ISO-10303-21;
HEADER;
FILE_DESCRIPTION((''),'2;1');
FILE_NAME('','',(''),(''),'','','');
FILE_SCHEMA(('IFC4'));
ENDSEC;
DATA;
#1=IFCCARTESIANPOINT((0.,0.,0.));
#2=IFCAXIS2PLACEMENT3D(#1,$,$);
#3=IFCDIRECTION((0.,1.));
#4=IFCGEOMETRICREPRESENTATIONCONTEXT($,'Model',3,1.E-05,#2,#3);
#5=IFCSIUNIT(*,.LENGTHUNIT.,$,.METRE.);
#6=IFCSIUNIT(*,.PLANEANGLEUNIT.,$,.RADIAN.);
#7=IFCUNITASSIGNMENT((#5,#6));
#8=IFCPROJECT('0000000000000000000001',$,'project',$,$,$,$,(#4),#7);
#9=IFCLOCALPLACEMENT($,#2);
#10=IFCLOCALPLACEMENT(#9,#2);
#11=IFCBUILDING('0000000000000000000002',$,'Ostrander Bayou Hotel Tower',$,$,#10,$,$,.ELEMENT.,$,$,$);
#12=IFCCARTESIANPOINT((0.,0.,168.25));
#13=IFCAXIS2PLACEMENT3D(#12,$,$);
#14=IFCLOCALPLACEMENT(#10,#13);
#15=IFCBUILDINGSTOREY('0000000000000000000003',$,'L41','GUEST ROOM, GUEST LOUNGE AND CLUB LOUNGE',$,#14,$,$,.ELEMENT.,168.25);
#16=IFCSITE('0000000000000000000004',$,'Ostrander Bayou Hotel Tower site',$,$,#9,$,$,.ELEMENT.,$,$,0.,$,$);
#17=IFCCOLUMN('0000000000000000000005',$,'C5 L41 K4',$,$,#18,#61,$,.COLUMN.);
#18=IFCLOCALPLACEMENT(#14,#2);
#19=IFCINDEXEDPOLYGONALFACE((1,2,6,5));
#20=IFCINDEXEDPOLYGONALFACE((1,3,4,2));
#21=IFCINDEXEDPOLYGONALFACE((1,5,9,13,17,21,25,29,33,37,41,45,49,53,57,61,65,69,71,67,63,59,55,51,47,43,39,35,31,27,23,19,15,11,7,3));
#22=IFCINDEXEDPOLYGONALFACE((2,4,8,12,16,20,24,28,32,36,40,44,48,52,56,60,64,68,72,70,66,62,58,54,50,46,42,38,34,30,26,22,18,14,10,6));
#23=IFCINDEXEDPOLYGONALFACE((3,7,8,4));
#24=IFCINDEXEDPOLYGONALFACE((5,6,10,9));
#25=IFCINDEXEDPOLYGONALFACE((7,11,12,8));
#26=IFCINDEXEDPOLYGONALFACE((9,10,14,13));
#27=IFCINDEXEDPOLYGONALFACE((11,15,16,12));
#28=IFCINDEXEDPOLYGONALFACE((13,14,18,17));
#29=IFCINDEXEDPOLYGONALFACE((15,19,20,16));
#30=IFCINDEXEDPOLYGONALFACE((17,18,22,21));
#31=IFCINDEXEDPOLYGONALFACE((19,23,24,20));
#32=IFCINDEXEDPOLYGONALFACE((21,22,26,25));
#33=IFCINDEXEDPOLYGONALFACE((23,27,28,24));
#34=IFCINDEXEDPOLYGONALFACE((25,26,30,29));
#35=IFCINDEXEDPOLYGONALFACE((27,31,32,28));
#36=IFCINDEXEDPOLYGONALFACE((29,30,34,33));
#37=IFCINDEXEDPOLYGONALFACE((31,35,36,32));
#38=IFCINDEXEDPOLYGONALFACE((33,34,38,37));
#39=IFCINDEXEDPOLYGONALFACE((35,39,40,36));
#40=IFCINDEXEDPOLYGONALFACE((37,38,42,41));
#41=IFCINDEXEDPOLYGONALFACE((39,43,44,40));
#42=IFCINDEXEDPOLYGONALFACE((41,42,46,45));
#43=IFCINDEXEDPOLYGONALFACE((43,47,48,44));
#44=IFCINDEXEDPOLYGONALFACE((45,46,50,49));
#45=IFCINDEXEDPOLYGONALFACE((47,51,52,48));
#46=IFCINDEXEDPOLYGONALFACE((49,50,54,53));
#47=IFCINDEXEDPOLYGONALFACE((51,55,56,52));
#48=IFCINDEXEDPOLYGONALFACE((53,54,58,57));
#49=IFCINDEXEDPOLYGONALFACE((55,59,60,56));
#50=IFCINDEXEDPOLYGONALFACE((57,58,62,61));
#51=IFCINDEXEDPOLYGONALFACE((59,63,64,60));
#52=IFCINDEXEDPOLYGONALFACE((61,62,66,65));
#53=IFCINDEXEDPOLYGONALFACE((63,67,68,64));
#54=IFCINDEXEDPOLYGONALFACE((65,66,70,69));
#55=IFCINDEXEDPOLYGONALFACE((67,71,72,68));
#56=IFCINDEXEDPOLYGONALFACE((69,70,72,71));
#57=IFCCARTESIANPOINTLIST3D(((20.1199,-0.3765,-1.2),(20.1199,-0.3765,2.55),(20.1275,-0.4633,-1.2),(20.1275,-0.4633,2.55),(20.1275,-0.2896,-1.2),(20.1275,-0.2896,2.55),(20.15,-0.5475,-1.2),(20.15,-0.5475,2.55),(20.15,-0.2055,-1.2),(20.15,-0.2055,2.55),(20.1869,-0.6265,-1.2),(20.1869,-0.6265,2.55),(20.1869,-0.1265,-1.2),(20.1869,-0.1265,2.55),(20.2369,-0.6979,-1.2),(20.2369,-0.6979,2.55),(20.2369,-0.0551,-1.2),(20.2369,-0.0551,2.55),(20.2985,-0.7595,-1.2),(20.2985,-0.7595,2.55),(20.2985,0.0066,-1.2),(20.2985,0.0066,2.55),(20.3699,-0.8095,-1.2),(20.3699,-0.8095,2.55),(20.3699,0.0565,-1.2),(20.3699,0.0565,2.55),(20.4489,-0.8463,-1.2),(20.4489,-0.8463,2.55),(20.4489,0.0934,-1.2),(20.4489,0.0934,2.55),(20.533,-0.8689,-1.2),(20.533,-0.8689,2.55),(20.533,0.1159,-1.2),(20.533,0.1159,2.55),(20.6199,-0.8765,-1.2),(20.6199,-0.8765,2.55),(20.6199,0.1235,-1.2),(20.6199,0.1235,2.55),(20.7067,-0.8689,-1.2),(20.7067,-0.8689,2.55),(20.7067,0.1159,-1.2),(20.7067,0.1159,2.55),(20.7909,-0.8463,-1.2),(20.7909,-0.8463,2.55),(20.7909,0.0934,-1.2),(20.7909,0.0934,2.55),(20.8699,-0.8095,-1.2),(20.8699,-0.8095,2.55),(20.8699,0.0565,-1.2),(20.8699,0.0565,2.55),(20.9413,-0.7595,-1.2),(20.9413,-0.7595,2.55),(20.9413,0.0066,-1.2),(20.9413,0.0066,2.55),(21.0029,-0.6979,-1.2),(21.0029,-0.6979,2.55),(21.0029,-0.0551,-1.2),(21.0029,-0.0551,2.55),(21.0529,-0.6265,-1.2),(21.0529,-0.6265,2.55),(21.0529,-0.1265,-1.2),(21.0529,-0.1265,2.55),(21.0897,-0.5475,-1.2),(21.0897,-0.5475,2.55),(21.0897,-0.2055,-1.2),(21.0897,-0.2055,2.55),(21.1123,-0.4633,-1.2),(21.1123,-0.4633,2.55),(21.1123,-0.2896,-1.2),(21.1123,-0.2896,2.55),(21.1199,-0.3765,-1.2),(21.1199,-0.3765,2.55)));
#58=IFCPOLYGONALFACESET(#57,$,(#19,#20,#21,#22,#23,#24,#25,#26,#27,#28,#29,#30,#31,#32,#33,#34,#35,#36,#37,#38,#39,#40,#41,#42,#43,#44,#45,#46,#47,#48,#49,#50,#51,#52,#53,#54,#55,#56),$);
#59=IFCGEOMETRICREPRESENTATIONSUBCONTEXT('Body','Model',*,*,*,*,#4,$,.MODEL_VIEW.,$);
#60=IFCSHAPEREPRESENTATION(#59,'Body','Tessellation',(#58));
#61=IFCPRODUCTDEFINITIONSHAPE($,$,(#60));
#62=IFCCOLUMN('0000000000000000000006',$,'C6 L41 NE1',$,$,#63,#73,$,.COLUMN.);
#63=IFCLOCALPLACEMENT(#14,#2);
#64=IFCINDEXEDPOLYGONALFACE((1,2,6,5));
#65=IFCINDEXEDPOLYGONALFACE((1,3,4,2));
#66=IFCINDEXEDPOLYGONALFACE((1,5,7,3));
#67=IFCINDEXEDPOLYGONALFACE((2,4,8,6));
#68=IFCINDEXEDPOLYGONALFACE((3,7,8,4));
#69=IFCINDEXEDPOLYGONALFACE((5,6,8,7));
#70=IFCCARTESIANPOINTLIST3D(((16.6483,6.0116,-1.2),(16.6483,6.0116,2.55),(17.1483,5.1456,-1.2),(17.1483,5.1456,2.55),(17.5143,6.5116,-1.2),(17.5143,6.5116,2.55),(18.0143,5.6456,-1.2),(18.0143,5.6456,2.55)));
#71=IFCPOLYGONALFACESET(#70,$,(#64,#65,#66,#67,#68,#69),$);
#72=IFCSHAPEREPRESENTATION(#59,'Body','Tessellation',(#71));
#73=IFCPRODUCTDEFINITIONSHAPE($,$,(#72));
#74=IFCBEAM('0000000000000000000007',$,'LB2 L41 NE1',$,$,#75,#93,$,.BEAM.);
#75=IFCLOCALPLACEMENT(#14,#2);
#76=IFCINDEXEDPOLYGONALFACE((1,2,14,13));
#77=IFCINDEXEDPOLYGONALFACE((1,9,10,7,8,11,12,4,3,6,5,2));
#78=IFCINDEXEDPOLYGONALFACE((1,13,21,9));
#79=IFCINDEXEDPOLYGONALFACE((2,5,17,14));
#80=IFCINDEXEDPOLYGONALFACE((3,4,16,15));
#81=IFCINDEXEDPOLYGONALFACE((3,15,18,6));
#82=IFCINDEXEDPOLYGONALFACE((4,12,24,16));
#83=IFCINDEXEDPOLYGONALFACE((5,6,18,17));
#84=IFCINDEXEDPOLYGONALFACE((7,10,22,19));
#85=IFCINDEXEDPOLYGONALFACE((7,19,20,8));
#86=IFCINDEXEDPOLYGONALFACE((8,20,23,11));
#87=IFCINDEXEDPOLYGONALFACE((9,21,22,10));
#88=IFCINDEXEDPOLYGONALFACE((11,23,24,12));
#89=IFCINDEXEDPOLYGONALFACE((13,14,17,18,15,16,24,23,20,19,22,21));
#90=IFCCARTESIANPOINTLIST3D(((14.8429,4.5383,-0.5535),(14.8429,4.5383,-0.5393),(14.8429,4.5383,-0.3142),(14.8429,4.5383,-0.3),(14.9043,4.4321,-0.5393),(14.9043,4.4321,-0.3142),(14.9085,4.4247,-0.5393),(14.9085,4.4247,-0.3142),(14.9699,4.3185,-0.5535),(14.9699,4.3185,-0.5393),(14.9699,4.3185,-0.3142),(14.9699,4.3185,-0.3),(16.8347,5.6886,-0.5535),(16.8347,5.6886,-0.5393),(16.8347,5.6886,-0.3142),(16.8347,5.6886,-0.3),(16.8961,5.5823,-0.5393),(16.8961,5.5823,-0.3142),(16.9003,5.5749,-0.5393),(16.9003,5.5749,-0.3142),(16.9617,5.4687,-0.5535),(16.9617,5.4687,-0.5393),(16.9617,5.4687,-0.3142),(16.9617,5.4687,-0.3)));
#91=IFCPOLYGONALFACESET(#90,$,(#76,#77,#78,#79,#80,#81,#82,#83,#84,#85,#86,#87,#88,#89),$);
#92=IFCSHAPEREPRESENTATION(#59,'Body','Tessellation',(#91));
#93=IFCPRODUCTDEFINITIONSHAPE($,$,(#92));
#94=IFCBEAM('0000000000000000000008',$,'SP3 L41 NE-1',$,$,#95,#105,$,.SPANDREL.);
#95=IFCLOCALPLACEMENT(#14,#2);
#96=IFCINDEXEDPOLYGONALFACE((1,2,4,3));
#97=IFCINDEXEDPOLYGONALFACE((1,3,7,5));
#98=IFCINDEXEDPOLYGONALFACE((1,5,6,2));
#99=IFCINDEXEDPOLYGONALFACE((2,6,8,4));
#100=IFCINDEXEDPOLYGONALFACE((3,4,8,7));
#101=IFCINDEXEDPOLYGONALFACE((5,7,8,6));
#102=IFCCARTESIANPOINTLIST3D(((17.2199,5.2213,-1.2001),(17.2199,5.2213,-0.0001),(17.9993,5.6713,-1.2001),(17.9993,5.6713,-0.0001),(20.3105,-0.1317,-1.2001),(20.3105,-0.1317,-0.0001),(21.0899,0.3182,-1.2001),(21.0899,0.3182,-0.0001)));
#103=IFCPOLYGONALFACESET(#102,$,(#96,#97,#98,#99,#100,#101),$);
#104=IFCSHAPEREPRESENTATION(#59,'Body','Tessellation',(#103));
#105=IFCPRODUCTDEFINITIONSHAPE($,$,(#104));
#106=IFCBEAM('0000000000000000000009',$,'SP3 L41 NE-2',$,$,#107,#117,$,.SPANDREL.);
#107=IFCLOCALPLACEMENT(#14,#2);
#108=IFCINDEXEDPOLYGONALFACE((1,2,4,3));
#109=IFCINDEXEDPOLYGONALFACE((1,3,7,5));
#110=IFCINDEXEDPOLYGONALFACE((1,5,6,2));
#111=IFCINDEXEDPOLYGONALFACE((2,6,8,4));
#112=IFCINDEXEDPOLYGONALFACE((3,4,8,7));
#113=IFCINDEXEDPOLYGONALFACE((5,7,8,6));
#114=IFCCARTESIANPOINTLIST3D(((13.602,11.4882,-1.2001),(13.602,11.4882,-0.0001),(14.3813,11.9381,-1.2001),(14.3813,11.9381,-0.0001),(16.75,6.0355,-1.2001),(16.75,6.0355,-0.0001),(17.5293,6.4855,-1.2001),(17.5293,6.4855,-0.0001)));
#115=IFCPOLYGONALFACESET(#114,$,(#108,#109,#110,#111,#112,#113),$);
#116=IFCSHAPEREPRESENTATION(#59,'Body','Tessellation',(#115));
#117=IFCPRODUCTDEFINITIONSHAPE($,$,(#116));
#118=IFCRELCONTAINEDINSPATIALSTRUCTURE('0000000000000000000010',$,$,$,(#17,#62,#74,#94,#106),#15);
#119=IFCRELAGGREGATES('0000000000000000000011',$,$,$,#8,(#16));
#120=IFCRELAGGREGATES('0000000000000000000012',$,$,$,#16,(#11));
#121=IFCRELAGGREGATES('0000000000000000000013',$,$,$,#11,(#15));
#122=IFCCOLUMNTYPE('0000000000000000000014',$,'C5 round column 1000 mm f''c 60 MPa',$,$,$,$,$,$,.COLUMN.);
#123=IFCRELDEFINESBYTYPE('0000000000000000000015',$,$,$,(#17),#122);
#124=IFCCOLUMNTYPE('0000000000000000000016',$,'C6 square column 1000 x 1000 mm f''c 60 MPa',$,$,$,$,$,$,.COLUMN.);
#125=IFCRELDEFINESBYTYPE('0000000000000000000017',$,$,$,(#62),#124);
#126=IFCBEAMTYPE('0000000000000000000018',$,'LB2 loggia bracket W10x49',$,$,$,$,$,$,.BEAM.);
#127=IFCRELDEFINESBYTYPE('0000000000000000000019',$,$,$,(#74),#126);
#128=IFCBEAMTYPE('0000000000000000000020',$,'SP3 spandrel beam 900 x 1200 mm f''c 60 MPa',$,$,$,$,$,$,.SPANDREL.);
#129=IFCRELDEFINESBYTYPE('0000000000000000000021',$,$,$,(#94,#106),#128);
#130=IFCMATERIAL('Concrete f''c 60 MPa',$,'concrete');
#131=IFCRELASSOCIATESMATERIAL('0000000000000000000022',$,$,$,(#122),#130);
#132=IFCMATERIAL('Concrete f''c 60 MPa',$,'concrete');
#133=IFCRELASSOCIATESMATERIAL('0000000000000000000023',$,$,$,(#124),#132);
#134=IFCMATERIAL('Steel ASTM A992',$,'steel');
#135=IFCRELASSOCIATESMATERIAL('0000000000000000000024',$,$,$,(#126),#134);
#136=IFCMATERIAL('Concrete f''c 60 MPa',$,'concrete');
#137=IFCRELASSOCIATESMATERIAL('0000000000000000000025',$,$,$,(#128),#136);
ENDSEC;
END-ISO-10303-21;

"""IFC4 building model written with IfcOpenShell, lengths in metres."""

from ifc_helpers import new_model, si_unit, direction, frame, origin, origin_2d, place, context, subcontext, project, spatial, rectangle, circle, i_section, extrude, material, material_profile, profile_set, type_object, element, save


model = new_model("IFC4")

# Units and contexts
model_context = context("Model", 3, precision=1e-05, world=origin(), true_north=direction((0.0, 1.0)))
body_context = subcontext(model_context, "Body", "Model", "MODEL_VIEW")
ifc_project = project(units=[si_unit("LENGTHUNIT", "METRE"), si_unit("PLANEANGLEUNIT", "RADIAN")], contexts=[model_context])

# Site, building, storey
site_placement = place(None, origin())
site = spatial("IfcSite", under=ifc_project, at=site_placement, Name="Ostrander Bayou Hotel Tower site", CompositionType="ELEMENT", RefElevation=0.0)
building_placement = place(site_placement, origin())
building = spatial("IfcBuilding", under=site, at=building_placement, Name="Ostrander Bayou Hotel Tower", CompositionType="ELEMENT")
storey_placement = place(building_placement, frame((0.0, 0.0, 168.25)))
storey = spatial("IfcBuildingStorey", under=building, at=storey_placement, Name="L41", Description="GUEST ROOM, GUEST LOUNGE AND CLUB LOUNGE", CompositionType="ELEMENT", Elevation=168.25)

# Columns
ifc_material_1 = material(Name="Concrete f'c 60 MPa", Category="concrete")
ifc_material_profile_1 = material_profile(ifc_material_1, circle(Radius=0.5, at=origin_2d()))
ifc_profile_set_1 = profile_set([ifc_material_profile_1], Name="Concrete f'c 60 MPa")
column_type_1 = type_object("IfcColumnType", Name="C5 round column 1000 mm f'c 60 MPa", PredefinedType="COLUMN", material=ifc_profile_set_1)
column_1_placement = place(storey_placement, frame((20.6199, -0.3765, -1.2), z_axis=(0.0, 0.0, 1.0), x_axis=(1.0, 0.0, 0.0)))
element("IfcColumn", 1, at=column_1_placement, inside=storey, type_object=column_type_1, Name="C5 L41 K4", PredefinedType="COLUMN", context=body_context, shape_type="SweptSolid", body=[
    extrude(circle(Radius=0.5, at=origin_2d()), origin(), (0.0, 0.0, 1.0), 3.75),
])
ifc_material_2 = material(Name="Concrete f'c 60 MPa", Category="concrete")
ifc_material_profile_2 = material_profile(ifc_material_2, rectangle(XDim=1.0, YDim=1.0, at=origin_2d()))
ifc_profile_set_2 = profile_set([ifc_material_profile_2], Name="Concrete f'c 60 MPa")
column_type_2 = type_object("IfcColumnType", Name="C6 square column 1000 x 1000 mm f'c 60 MPa", PredefinedType="COLUMN", material=ifc_profile_set_2)
column_2_placement = place(storey_placement, frame((17.3313, 5.8286, -1.2), z_axis=(0.0, 0.0, 1.0), x_axis=(0.5, -0.866025, 0.0)))
element("IfcColumn", 2, at=column_2_placement, inside=storey, type_object=column_type_2, Name="C6 L41 NE1", PredefinedType="COLUMN", context=body_context, shape_type="SweptSolid", body=[
    extrude(rectangle(XDim=1.0, YDim=1.0, at=origin_2d()), origin(), (0.0, 0.0, 1.0), 3.75),
])

# Beams
ifc_material_3 = material(Name="Steel ASTM A992", Category="steel")
ifc_material_profile_3 = material_profile(ifc_material_3, i_section(OverallWidth=0.2539, OverallDepth=0.2534, WebThickness=0.0085, FlangeThickness=0.0142, at=origin_2d()))
ifc_profile_set_3 = profile_set([ifc_material_profile_3], Name="Steel ASTM A992")
beam_type_1 = type_object("IfcBeamType", Name="LB2 loggia bracket W10x49", PredefinedType="BEAM", material=ifc_profile_set_3)
beam_1_placement = place(storey_placement, frame((16.8982, 5.5786, -0.4268), z_axis=(-0.865981, -0.500078, 0.0), x_axis=(0.500078, -0.865981, 0.0)))
element("IfcBeam", 3, at=beam_1_placement, inside=storey, type_object=beam_type_1, Name="LB2 L41 NE1", PredefinedType="BEAM", context=body_context, shape_type="SweptSolid", body=[
    extrude(i_section(OverallWidth=0.2539, OverallDepth=0.2534, WebThickness=0.0085, FlangeThickness=0.0142, at=origin_2d()), origin(), (0.0, 0.0, 1.0), 2.3),
])
ifc_material_4 = material(Name="Concrete f'c 60 MPa", Category="concrete")
ifc_material_profile_4 = material_profile(ifc_material_4, rectangle(XDim=0.8999, YDim=1.2, at=origin_2d()))
ifc_profile_set_4 = profile_set([ifc_material_profile_4], Name="Concrete f'c 60 MPa")
beam_type_2 = type_object("IfcBeamType", Name="SP3 spandrel beam 900 x 1200 mm f'c 60 MPa", PredefinedType="SPANDREL", material=ifc_profile_set_4)
beam_2_placement = place(storey_placement, frame((20.7002, 0.0933, -0.6001), z_axis=(-0.500001, 0.866025, 0.0), x_axis=(-0.866025, -0.500001, 0.0)))
element("IfcBeam", 4, at=beam_2_placement, inside=storey, type_object=beam_type_2, Name="SP3 L41 NE-1", PredefinedType="SPANDREL", context=body_context, shape_type="SweptSolid", body=[
    extrude(rectangle(XDim=0.8999, YDim=1.2, at=origin_2d()), origin(), (0.0, 0.0, 1.0), 6.1812),
])
beam_3_placement = place(storey_placement, frame((17.1396, 6.2605, -0.6001), z_axis=(-0.499984, 0.866034, 0.0), x_axis=(-0.866034, -0.499984, 0.0)))
element("IfcBeam", 5, at=beam_3_placement, inside=storey, type_object=beam_type_2, Name="SP3 L41 NE-2", PredefinedType="SPANDREL", context=body_context, shape_type="SweptSolid", body=[
    extrude(rectangle(XDim=0.8999, YDim=1.2, at=origin_2d()), origin(), (0.0, 0.0, 1.0), 6.2961),
])

save(model, "model.ifc")
